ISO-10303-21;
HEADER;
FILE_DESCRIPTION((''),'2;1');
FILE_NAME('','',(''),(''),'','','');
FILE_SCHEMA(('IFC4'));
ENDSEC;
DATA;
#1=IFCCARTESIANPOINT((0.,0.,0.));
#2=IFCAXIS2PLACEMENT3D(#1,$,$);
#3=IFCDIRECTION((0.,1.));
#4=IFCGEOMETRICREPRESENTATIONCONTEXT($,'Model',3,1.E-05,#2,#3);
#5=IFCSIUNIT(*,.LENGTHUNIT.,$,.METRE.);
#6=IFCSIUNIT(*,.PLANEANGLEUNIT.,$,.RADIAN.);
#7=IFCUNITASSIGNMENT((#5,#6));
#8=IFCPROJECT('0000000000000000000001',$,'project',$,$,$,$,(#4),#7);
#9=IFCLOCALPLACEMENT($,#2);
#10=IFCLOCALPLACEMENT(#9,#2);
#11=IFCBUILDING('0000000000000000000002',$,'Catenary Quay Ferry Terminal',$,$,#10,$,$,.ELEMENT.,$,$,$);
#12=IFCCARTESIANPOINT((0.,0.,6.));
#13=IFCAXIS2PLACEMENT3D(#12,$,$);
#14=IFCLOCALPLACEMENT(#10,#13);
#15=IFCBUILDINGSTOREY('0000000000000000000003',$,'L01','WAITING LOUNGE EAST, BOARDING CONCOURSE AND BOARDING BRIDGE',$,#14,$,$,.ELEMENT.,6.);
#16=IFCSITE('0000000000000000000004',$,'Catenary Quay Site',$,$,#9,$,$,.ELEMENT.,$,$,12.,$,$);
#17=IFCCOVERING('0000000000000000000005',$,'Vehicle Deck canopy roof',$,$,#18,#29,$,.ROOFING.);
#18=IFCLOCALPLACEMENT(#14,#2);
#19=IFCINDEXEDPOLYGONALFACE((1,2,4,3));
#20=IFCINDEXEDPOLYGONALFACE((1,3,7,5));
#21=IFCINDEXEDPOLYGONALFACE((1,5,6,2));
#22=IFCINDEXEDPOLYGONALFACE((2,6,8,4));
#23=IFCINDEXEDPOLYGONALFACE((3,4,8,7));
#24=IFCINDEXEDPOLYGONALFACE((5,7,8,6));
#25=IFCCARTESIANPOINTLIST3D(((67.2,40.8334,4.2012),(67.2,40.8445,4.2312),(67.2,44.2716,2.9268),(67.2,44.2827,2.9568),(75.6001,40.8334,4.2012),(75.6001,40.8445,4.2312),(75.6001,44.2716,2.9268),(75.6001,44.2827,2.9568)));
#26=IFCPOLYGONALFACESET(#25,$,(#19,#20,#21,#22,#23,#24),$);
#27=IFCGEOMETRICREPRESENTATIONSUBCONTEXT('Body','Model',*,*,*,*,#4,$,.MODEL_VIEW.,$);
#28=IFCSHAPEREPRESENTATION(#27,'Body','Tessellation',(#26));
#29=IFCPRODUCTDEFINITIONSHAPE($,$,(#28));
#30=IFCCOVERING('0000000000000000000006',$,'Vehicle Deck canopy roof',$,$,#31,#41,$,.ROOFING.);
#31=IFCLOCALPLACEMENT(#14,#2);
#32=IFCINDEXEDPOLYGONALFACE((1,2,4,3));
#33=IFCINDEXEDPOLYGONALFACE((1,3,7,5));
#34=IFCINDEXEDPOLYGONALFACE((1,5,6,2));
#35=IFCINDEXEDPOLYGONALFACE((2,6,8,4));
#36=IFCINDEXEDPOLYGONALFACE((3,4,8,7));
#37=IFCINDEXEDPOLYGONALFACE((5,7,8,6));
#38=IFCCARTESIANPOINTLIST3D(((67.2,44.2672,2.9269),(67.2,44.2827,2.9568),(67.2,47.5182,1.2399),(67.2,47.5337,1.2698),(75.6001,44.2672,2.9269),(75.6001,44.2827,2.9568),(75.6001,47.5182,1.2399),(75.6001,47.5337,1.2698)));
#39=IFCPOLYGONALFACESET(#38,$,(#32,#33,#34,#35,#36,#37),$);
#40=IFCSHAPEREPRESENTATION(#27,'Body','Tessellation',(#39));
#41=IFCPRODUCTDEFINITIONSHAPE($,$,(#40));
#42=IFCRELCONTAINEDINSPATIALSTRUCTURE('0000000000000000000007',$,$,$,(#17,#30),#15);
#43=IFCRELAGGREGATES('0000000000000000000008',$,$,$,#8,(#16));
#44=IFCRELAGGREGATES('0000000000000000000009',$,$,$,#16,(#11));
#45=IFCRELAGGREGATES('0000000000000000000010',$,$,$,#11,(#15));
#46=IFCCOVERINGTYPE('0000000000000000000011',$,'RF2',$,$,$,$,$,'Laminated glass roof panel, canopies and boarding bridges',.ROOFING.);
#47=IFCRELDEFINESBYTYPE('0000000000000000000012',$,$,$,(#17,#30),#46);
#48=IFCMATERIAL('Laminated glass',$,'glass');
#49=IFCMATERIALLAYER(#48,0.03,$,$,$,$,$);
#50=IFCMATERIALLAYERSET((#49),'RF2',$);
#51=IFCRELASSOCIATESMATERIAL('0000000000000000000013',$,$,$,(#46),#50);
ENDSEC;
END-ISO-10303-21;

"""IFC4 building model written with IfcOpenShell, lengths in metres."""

from ifc_helpers import new_model, si_unit, direction, frame, origin, place, context, subcontext, project, spatial, polyline, outline, extrude, material, layer, layer_set, type_object, element, save


model = new_model("IFC4")

# Units and contexts
model_context = context("Model", 3, precision=1e-05, world=origin(), true_north=direction((0.0, 1.0)))
body_context = subcontext(model_context, "Body", "Model", "MODEL_VIEW")
ifc_project = project(units=[si_unit("LENGTHUNIT", "METRE"), si_unit("PLANEANGLEUNIT", "RADIAN")], contexts=[model_context])

# Site, building, storey
site_placement = place(None, origin())
site = spatial("IfcSite", under=ifc_project, at=site_placement, Name="Catenary Quay Site", CompositionType="ELEMENT", RefElevation=12.0)
building_placement = place(site_placement, origin())
building = spatial("IfcBuilding", under=site, at=building_placement, Name="Catenary Quay Ferry Terminal", CompositionType="ELEMENT")
storey_placement = place(building_placement, frame((0.0, 0.0, 6.0)))
storey = spatial("IfcBuildingStorey", under=building, at=storey_placement, Name="L01", Description="WAITING LOUNGE EAST, BOARDING CONCOURSE AND BOARDING BRIDGE", CompositionType="ELEMENT", Elevation=6.0)

# Coverings
ifc_material_1 = material(Name="Laminated glass", Category="glass")
ifc_layer_1 = layer(ifc_material_1, 0.03)
ifc_layer_set_1 = layer_set([ifc_layer_1], Name="RF2")
covering_type = type_object("IfcCoveringType", Name="RF2", ElementType="Laminated glass roof panel, canopies and boarding bridges", PredefinedType="ROOFING", material=ifc_layer_set_1)
covering_1_placement = place(storey_placement, frame((67.2, 40.8445, 4.2312), z_axis=(0.0, 0.347553, 0.93766), x_axis=(1.0, 0.0, 0.0)))
element("IfcCovering", 1, at=covering_1_placement, inside=storey, type_object=covering_type, Name="Vehicle Deck canopy roof", PredefinedType="ROOFING", context=body_context, shape_type="SweptSolid", body=[
    extrude(outline(polyline([(0.0, 0.0), (8.4001, 0.0), (8.4001, 3.6668), (0.0, 3.6668), (0.0, 0.0)])), origin(), (0.0, 0.0, -1.0), 0.032),
])
covering_2_placement = place(storey_placement, frame((67.2, 44.2827, 2.9568), z_axis=(0.0, 0.460601, 0.887607), x_axis=(1.0, 0.0, 0.0)))
element("IfcCovering", 2, at=covering_2_placement, inside=storey, type_object=covering_type, Name="Vehicle Deck canopy roof", PredefinedType="ROOFING", context=body_context, shape_type="SweptSolid", body=[
    extrude(outline(polyline([(0.0, 0.0), (8.4001, 0.0), (8.4001, 3.6626), (0.0, 3.6626), (0.0, 0.0)])), origin(), (0.0, 0.0, -1.0), 0.0337),
])

save(model, "model.ifc")
